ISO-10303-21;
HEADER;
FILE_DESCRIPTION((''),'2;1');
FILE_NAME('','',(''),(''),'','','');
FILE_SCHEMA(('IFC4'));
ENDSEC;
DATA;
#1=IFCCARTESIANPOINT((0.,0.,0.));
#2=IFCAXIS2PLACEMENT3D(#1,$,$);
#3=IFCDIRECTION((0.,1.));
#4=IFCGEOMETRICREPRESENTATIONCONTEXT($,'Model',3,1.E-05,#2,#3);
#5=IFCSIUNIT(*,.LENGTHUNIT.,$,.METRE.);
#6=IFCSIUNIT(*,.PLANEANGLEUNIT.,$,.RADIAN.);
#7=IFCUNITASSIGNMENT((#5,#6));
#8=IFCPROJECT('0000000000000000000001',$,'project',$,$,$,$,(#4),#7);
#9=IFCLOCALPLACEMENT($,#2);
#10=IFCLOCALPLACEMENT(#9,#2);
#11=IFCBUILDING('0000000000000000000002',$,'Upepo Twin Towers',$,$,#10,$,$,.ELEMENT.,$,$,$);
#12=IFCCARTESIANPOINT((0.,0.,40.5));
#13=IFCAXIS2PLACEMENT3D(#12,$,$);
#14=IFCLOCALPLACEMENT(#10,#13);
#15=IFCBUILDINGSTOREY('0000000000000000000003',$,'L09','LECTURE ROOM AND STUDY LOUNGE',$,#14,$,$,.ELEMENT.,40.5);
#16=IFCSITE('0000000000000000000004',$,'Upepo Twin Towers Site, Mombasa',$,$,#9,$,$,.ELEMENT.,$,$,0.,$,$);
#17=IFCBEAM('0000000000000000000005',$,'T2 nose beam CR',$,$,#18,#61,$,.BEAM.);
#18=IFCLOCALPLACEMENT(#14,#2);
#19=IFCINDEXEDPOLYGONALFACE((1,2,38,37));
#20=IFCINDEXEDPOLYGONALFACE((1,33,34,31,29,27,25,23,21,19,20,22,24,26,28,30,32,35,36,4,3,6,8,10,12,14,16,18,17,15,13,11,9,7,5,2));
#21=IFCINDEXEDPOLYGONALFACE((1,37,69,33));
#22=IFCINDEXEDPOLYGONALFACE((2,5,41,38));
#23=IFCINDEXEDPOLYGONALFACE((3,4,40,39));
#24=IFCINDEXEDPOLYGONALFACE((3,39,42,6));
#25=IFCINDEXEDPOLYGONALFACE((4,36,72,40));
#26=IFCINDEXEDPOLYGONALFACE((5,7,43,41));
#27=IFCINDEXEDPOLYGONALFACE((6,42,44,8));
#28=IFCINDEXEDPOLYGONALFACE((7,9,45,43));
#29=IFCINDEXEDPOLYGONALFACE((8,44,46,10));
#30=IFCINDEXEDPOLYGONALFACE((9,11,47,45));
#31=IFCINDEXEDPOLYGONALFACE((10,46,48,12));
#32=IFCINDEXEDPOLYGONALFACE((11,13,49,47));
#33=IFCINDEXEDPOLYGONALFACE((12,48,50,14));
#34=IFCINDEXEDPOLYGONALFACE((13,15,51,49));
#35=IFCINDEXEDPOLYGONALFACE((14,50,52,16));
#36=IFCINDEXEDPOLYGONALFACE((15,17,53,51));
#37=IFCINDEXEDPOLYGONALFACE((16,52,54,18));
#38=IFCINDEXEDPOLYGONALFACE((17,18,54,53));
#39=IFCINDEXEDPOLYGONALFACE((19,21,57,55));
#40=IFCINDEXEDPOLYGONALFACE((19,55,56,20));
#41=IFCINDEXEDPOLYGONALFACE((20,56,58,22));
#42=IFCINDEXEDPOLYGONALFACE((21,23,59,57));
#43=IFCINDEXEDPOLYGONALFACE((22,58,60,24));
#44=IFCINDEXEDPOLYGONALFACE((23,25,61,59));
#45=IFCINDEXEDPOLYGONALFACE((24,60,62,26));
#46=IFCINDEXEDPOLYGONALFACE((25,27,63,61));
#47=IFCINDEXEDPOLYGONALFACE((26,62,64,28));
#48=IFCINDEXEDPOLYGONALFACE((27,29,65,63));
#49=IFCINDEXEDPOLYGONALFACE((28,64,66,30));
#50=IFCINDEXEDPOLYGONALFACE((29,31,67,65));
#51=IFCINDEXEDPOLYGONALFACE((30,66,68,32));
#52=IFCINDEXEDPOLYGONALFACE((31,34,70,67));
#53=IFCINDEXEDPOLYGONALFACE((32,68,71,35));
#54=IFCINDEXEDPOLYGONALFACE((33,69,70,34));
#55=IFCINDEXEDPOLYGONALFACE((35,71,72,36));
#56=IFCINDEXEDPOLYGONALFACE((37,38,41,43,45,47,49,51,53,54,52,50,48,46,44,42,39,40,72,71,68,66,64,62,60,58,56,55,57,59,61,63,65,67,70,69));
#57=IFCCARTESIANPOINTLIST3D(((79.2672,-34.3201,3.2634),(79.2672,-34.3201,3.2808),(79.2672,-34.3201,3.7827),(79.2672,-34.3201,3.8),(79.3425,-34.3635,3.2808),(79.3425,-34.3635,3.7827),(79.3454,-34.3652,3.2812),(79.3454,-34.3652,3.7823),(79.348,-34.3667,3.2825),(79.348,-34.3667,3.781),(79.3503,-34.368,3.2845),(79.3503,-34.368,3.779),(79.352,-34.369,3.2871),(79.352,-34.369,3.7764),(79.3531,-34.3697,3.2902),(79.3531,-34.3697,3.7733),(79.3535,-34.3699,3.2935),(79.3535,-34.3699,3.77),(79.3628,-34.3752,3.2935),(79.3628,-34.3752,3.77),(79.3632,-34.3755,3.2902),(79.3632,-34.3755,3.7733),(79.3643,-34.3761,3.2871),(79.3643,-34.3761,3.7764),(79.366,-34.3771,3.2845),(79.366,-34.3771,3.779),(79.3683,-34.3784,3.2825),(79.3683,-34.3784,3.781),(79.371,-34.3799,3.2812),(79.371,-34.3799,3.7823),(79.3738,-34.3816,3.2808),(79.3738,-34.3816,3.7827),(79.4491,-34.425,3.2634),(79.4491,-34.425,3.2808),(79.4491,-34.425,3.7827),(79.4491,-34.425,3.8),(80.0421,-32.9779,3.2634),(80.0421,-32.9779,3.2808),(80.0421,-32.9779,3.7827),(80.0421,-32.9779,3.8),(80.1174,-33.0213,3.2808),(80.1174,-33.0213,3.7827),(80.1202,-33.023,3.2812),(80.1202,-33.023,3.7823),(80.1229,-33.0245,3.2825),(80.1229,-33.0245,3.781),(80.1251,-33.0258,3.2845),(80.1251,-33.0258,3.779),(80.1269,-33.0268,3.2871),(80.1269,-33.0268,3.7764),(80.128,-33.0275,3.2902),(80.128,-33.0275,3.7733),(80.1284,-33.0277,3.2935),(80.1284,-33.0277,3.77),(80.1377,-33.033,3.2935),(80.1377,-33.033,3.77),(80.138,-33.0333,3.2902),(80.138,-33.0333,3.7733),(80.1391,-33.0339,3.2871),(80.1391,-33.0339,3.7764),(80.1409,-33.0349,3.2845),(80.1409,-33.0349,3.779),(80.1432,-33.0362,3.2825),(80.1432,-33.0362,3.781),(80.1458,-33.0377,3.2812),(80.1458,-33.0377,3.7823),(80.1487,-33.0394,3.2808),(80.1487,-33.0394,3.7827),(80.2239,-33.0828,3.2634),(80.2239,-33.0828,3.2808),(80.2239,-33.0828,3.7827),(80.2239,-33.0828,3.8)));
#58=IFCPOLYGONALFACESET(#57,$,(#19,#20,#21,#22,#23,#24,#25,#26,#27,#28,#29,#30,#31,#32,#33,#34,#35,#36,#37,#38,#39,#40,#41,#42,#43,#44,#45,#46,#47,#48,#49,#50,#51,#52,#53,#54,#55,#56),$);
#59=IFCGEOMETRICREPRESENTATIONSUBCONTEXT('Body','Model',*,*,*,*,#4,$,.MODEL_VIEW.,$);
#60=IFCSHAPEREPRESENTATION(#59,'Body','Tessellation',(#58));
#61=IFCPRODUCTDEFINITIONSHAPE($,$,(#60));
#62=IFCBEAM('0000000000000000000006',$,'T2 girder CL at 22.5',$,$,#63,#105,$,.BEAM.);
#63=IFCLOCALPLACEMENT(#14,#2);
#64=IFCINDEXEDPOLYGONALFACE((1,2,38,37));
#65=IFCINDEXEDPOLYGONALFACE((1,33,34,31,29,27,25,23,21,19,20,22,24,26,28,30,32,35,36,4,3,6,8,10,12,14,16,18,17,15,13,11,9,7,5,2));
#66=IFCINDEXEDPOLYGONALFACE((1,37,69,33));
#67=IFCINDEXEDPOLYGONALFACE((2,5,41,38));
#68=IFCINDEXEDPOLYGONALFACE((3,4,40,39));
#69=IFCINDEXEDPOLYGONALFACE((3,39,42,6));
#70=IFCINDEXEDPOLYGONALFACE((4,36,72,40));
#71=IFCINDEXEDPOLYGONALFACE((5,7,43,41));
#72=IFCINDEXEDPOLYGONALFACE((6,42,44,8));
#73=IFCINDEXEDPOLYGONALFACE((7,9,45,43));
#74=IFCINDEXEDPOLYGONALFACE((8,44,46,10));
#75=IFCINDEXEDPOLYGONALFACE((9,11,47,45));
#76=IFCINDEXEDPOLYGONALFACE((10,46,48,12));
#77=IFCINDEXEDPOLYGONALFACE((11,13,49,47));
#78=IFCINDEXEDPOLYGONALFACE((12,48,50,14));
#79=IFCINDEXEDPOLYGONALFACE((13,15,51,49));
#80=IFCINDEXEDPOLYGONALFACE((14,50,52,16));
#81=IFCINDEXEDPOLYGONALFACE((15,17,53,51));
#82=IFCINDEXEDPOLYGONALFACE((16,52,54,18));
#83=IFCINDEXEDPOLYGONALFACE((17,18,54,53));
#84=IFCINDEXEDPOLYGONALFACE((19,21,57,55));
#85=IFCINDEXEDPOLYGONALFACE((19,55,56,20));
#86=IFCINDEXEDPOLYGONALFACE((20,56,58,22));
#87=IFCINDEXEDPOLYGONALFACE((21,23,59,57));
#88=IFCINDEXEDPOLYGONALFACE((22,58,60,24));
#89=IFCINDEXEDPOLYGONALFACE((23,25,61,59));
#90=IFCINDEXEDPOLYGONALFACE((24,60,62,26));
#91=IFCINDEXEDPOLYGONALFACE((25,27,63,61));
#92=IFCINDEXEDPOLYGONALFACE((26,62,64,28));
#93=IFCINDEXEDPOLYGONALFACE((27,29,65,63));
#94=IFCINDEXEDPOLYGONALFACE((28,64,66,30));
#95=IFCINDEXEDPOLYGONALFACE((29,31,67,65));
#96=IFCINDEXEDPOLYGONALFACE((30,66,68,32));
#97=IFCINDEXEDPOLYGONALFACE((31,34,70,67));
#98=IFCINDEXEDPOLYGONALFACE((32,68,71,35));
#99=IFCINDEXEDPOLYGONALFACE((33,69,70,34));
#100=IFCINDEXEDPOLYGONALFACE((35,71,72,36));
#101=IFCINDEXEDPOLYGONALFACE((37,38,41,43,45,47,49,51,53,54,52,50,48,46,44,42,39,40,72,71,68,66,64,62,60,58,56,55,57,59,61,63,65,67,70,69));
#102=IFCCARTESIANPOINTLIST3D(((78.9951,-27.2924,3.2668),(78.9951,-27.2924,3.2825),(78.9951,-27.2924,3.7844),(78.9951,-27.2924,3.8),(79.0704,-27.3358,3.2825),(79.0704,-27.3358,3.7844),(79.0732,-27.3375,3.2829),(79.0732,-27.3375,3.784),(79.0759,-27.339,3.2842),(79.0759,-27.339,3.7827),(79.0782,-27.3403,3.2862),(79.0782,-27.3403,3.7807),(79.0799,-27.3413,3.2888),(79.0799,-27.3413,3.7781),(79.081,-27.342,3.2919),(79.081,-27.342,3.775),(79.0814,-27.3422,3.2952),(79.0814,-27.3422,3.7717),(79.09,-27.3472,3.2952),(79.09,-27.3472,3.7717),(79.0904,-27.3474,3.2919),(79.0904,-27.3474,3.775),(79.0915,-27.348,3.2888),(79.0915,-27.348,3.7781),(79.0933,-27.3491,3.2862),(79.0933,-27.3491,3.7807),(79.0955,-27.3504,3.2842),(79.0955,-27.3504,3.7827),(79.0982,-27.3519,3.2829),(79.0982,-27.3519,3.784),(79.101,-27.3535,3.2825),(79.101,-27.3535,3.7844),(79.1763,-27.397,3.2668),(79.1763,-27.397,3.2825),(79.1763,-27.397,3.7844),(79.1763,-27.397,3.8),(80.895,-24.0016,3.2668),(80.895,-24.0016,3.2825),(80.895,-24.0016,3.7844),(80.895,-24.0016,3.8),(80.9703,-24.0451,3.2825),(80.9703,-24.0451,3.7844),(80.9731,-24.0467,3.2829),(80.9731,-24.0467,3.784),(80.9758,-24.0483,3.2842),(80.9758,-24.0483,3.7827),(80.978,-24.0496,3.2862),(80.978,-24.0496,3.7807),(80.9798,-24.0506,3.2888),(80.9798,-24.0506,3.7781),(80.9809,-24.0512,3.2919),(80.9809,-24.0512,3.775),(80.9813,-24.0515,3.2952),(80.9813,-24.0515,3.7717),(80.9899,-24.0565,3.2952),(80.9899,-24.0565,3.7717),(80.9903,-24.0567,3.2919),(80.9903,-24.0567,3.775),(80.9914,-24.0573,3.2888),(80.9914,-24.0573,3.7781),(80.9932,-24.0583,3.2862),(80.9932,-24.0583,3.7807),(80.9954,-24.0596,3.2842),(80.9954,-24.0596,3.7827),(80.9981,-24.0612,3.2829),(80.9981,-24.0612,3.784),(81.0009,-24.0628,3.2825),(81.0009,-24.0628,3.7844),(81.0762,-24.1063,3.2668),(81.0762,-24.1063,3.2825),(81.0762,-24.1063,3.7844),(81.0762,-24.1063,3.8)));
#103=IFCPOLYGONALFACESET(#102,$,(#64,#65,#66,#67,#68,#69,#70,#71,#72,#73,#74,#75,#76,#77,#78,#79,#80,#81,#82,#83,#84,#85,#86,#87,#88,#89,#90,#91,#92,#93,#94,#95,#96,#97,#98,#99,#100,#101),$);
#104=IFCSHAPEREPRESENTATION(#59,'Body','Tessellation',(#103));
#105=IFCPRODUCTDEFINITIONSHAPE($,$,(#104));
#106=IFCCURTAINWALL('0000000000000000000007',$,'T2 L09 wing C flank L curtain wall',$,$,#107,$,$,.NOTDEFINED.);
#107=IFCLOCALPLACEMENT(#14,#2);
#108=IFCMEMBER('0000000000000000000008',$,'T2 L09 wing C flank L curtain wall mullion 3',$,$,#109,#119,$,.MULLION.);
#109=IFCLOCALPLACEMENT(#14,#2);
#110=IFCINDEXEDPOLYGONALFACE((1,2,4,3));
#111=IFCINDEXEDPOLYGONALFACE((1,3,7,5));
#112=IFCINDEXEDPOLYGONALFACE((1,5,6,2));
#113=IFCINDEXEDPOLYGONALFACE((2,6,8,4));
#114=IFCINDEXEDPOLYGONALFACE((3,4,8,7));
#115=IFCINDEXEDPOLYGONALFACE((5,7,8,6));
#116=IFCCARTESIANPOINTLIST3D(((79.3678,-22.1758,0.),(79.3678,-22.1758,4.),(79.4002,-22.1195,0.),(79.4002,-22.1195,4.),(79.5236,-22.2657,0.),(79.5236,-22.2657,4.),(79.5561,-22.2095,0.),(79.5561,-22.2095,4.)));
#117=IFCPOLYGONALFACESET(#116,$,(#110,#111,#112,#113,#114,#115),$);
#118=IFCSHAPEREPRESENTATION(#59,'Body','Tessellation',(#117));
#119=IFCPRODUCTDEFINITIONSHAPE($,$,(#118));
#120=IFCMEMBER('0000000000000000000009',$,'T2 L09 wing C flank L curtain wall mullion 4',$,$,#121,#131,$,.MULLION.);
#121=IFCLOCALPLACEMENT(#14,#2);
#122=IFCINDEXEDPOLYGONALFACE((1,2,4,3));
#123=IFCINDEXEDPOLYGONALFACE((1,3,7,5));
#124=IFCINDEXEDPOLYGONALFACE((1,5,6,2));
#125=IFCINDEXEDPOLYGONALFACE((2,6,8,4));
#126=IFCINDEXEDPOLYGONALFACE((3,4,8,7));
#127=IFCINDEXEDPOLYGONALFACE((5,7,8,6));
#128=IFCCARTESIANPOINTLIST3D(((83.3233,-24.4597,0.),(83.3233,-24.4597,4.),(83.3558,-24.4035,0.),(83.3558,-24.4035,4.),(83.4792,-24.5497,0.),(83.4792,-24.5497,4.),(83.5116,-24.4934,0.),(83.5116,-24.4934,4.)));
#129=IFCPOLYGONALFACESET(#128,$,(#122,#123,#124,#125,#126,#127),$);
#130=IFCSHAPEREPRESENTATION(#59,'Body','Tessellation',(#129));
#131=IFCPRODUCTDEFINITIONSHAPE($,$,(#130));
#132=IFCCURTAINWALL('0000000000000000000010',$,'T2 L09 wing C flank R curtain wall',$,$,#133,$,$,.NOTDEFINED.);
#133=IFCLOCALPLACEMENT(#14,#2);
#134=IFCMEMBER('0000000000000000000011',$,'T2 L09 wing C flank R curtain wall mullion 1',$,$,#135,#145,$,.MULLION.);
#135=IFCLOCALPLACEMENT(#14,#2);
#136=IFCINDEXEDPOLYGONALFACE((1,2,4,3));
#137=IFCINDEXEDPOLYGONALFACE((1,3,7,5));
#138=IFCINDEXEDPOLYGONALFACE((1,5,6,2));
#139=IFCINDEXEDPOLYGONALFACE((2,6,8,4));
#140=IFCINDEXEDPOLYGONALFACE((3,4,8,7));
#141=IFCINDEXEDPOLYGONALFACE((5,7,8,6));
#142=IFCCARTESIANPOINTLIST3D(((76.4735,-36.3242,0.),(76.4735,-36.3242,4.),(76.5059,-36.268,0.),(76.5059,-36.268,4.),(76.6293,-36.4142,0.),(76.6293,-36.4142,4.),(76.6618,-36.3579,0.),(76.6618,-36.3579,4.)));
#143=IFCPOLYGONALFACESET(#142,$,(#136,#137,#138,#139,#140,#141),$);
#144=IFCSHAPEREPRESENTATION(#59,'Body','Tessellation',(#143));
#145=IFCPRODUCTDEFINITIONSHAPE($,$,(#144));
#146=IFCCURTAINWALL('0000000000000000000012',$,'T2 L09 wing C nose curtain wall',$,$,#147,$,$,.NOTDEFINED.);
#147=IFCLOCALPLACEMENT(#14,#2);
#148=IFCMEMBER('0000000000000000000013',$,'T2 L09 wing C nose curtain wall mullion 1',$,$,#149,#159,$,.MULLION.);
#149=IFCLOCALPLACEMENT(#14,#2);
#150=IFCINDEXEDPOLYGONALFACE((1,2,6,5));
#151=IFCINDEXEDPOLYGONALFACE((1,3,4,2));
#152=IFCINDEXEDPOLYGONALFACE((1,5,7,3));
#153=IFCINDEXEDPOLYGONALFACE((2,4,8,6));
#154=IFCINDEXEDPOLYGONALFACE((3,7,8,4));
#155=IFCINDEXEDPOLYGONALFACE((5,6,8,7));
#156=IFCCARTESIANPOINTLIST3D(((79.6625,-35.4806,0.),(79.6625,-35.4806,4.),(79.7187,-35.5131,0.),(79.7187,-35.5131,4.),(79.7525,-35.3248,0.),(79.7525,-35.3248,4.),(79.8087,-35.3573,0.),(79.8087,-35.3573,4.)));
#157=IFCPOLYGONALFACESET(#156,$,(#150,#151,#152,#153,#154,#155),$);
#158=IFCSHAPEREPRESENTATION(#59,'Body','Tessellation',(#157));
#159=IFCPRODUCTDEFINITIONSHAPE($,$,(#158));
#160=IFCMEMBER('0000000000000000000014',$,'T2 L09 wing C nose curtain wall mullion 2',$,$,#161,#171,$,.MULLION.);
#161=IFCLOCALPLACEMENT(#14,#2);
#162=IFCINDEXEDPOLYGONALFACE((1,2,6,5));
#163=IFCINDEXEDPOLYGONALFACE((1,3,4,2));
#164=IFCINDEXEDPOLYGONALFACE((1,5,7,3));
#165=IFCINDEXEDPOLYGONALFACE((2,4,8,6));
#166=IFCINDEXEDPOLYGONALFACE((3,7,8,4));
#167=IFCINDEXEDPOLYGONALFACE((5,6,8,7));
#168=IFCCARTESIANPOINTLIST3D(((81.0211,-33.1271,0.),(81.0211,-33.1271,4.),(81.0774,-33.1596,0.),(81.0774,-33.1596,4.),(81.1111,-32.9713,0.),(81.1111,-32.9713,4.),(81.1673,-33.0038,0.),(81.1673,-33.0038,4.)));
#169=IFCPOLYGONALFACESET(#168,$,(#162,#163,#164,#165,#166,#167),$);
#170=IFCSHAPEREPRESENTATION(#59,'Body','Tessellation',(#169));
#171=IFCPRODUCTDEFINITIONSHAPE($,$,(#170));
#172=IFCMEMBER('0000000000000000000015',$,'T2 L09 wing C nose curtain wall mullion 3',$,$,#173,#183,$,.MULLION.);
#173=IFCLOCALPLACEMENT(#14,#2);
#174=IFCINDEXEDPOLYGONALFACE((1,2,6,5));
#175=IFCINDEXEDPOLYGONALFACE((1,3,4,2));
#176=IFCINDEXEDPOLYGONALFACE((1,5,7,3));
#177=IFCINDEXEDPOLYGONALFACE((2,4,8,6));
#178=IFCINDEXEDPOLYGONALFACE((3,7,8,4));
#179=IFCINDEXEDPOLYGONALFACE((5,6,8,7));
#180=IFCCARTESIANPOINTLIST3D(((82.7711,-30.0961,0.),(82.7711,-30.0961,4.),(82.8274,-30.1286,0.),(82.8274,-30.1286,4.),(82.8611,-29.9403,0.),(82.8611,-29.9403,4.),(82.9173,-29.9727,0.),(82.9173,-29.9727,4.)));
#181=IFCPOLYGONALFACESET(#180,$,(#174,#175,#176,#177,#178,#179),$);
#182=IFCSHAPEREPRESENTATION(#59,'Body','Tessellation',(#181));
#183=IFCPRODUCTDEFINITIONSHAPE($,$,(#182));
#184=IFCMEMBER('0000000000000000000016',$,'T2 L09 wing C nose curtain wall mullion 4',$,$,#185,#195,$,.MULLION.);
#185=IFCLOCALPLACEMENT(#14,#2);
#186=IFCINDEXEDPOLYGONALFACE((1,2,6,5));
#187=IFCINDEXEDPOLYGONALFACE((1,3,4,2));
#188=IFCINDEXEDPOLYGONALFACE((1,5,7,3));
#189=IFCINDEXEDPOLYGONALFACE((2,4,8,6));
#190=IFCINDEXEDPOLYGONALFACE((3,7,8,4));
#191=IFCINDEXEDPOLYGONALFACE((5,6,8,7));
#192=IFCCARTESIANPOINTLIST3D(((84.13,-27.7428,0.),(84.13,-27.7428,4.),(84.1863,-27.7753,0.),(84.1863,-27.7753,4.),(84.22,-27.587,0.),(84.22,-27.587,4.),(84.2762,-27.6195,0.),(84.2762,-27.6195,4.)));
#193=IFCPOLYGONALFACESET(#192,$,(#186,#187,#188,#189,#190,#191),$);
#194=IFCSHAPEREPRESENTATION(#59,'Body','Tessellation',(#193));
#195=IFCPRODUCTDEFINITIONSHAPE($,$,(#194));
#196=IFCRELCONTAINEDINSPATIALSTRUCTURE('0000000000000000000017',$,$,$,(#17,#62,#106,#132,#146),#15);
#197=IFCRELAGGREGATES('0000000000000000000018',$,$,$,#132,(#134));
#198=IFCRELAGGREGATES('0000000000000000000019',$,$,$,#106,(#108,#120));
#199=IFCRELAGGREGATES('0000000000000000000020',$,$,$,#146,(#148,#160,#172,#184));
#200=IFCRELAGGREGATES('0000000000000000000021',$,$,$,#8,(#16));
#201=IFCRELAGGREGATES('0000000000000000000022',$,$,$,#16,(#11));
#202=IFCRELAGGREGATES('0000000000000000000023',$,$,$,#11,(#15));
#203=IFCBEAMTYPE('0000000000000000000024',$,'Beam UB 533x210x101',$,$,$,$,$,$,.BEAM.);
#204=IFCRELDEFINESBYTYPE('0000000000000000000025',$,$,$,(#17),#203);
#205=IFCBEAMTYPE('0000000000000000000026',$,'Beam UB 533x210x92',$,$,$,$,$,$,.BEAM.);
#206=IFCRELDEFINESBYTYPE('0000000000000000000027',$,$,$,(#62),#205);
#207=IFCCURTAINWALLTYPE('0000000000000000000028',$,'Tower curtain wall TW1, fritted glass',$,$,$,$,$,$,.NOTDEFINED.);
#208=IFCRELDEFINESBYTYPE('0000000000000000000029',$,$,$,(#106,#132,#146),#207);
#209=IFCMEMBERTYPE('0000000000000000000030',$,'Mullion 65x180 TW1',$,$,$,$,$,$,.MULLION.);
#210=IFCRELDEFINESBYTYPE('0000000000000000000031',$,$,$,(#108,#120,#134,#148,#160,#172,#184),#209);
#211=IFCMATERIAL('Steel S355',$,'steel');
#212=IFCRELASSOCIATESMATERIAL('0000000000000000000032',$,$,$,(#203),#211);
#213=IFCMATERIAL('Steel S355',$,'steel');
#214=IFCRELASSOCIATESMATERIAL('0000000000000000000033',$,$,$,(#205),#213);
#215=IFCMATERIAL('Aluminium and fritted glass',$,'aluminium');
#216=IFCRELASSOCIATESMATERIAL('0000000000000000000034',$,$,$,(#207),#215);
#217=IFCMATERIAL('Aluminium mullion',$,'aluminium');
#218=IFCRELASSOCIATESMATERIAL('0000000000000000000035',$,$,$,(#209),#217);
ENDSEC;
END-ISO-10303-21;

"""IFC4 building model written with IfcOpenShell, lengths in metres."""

from ifc_helpers import new_model, si_unit, direction, frame, origin, origin_2d, place, context, subcontext, project, spatial, rectangle, i_section, extrude, material, material_profile, profile_set, type_object, element, aggregate, save


model = new_model("IFC4")

# Units and contexts
model_context = context("Model", 3, precision=1e-05, world=origin(), true_north=direction((0.0, 1.0)))
body_context = subcontext(model_context, "Body", "Model", "MODEL_VIEW")
ifc_project = project(units=[si_unit("LENGTHUNIT", "METRE"), si_unit("PLANEANGLEUNIT", "RADIAN")], contexts=[model_context])

# Site, building, storey
site_placement = place(None, origin())
site = spatial("IfcSite", under=ifc_project, at=site_placement, Name="Upepo Twin Towers Site, Mombasa", CompositionType="ELEMENT", RefElevation=0.0)
building_placement = place(site_placement, origin())
building = spatial("IfcBuilding", under=site, at=building_placement, Name="Upepo Twin Towers", CompositionType="ELEMENT")
storey_placement = place(building_placement, frame((0.0, 0.0, 40.5)))
storey = spatial("IfcBuildingStorey", under=building, at=storey_placement, Name="L09", Description="LECTURE ROOM AND STUDY LOUNGE", CompositionType="ELEMENT", Elevation=40.5)

# Beams
ifc_material_1 = material(Name="Steel S355", Category="steel")
ifc_material_profile_1 = material_profile(ifc_material_1, i_section(OverallWidth=0.21, OverallDepth=0.5366, WebThickness=0.0107, FlangeThickness=0.0173, FilletRadius=0.0127, at=origin_2d()), Name="UB 533x210x101")
ifc_profile_set_1 = profile_set([ifc_material_profile_1], Name="Steel S355")
beam_type_1 = type_object("IfcBeamType", Name="Beam UB 533x210x101", PredefinedType="BEAM", material=ifc_profile_set_1)
for number, where, z_axis, x_axis, name in (
    (1, (79.3582, -34.3726, 3.5317), (0.499968, 0.866044, 0.0), (-0.866044, 0.499968, 0.0), "T2 nose beam CR"),
):
    element("IfcBeam", number, at=place(storey_placement, frame(where, z_axis=z_axis, x_axis=x_axis)), inside=storey, type_object=beam_type_1, Name=name, PredefinedType="BEAM", context=body_context, shape_type="SweptSolid", body=[
        extrude(i_section(OverallWidth=0.21, OverallDepth=0.5366, WebThickness=0.0107, FlangeThickness=0.0173, FilletRadius=0.0127, at=origin_2d()), origin(), (0.0, 0.0, 1.0), 1.5498),
    ])
ifc_material_2 = material(Name="Steel S355", Category="steel")
ifc_material_profile_2 = material_profile(ifc_material_2, i_section(OverallWidth=0.2092, OverallDepth=0.5332, WebThickness=0.01, FlangeThickness=0.0156, FilletRadius=0.0127, at=origin_2d()), Name="UB 533x210x92")
ifc_profile_set_2 = profile_set([ifc_material_profile_2], Name="Steel S355")
beam_type_2 = type_object("IfcBeamType", Name="Beam UB 533x210x92", PredefinedType="BEAM", material=ifc_profile_set_2)
beam_1_placement = place(storey_placement, frame((80.9856, -24.054, 3.5334), z_axis=(-0.499995, -0.866028, 0.0), x_axis=(0.866028, -0.499995, 0.0)))
element("IfcBeam", 2, at=beam_1_placement, inside=storey, type_object=beam_type_2, Name="T2 girder CL at 22.5", PredefinedType="BEAM", context=body_context, shape_type="SweptSolid", body=[
    extrude(i_section(OverallWidth=0.2092, OverallDepth=0.5332, WebThickness=0.01, FlangeThickness=0.0156, FilletRadius=0.0127, at=origin_2d()), origin(), (0.0, 0.0, 1.0), 3.7998),
])

# Curtain wall, members
ifc_material_3 = material(Name="Aluminium and fritted glass", Category="aluminium")
curtain_wall_type = type_object("IfcCurtainWallType", Name="Tower curtain wall TW1, fritted glass", PredefinedType="NOTDEFINED", material=ifc_material_3)
curtain_wall_1_placement = place(storey_placement, origin())
curtain_wall_1 = element("IfcCurtainWall", 3, at=curtain_wall_1_placement, inside=storey, type_object=curtain_wall_type, Name="T2 L09 wing C flank L curtain wall", PredefinedType="NOTDEFINED")
ifc_material_4 = material(Name="Aluminium mullion", Category="aluminium")
ifc_material_profile_3 = material_profile(ifc_material_4, rectangle(XDim=0.0649, YDim=0.1799, at=origin_2d()), Name="MULLION 65x180")
ifc_profile_set_3 = profile_set([ifc_material_profile_3], Name="Aluminium mullion")
member_type_1 = type_object("IfcMemberType", Name="Mullion 65x180 TW1", PredefinedType="MULLION", material=ifc_profile_set_3)
member_1_placement = place(storey_placement, frame((79.4619, -22.1926, 0.0), z_axis=(0.0, 0.0, 1.0), x_axis=(0.5, 0.866025, 0.0)))
member_1 = element("IfcMember", 4, at=member_1_placement, type_object=member_type_1, Name="T2 L09 wing C flank L curtain wall mullion 3", PredefinedType="MULLION", context=body_context, shape_type="SweptSolid", body=[
    extrude(rectangle(XDim=0.0649, YDim=0.1799, at=origin_2d()), origin(), (0.0, 0.0, 1.0), 4.0),
])
member_2_placement = place(storey_placement, frame((83.4175, -24.4766, 0.0), z_axis=(0.0, 0.0, 1.0), x_axis=(0.5, 0.866025, 0.0)))
member_2 = element("IfcMember", 5, at=member_2_placement, type_object=member_type_1, Name="T2 L09 wing C flank L curtain wall mullion 4", PredefinedType="MULLION", context=body_context, shape_type="SweptSolid", body=[
    extrude(rectangle(XDim=0.0649, YDim=0.1799, at=origin_2d()), origin(), (0.0, 0.0, 1.0), 4.0),
])

# Curtain wall, member
curtain_wall_2_placement = place(storey_placement, origin())
curtain_wall_2 = element("IfcCurtainWall", 6, at=curtain_wall_2_placement, inside=storey, type_object=curtain_wall_type, Name="T2 L09 wing C flank R curtain wall", PredefinedType="NOTDEFINED")
member_3_placement = place(storey_placement, frame((76.5676, -36.3411, 0.0), z_axis=(0.0, 0.0, 1.0), x_axis=(-0.5, -0.866025, 0.0)))
member_3 = element("IfcMember", 7, at=member_3_placement, type_object=member_type_1, Name="T2 L09 wing C flank R curtain wall mullion 1", PredefinedType="MULLION", context=body_context, shape_type="SweptSolid", body=[
    extrude(rectangle(XDim=0.0649, YDim=0.1799, at=origin_2d()), origin(), (0.0, 0.0, 1.0), 4.0),
])

# Curtain wall, members
curtain_wall_3_placement = place(storey_placement, origin())
curtain_wall_3 = element("IfcCurtainWall", 8, at=curtain_wall_3_placement, inside=storey, type_object=curtain_wall_type, Name="T2 L09 wing C nose curtain wall", PredefinedType="NOTDEFINED")
member_4_placement = place(storey_placement, frame((79.7356, -35.4189, 0.0), z_axis=(0.0, 0.0, 1.0), x_axis=(-0.866025, 0.5, 0.0)))
member_4 = element("IfcMember", 9, at=member_4_placement, type_object=member_type_1, Name="T2 L09 wing C nose curtain wall mullion 1", PredefinedType="MULLION", context=body_context, shape_type="SweptSolid", body=[
    extrude(rectangle(XDim=0.0649, YDim=0.1799, at=origin_2d()), origin(), (0.0, 0.0, 1.0), 4.0),
])
member_5_placement = place(storey_placement, frame((81.0942, -33.0654, 0.0), z_axis=(0.0, 0.0, 1.0), x_axis=(-0.866025, 0.5, 0.0)))
member_5 = element("IfcMember", 10, at=member_5_placement, type_object=member_type_1, Name="T2 L09 wing C nose curtain wall mullion 2", PredefinedType="MULLION", context=body_context, shape_type="SweptSolid", body=[
    extrude(rectangle(XDim=0.0649, YDim=0.1799, at=origin_2d()), origin(), (0.0, 0.0, 1.0), 4.0),
])
member_6_placement = place(storey_placement, frame((82.8442, -30.0344, 0.0), z_axis=(0.0, 0.0, 1.0), x_axis=(-0.866025, 0.5, 0.0)))
member_6 = element("IfcMember", 11, at=member_6_placement, type_object=member_type_1, Name="T2 L09 wing C nose curtain wall mullion 3", PredefinedType="MULLION", context=body_context, shape_type="SweptSolid", body=[
    extrude(rectangle(XDim=0.0649, YDim=0.1799, at=origin_2d()), origin(), (0.0, 0.0, 1.0), 4.0),
])
member_7_placement = place(storey_placement, frame((84.2031, -27.6812, 0.0), z_axis=(0.0, 0.0, 1.0), x_axis=(-0.866025, 0.5, 0.0)))
member_7 = element("IfcMember", 12, at=member_7_placement, type_object=member_type_1, Name="T2 L09 wing C nose curtain wall mullion 4", PredefinedType="MULLION", context=body_context, shape_type="SweptSolid", body=[
    extrude(rectangle(XDim=0.0649, YDim=0.1799, at=origin_2d()), origin(), (0.0, 0.0, 1.0), 4.0),
])

aggregate(curtain_wall_2, [member_3])

aggregate(curtain_wall_1, [member_1, member_2])
aggregate(curtain_wall_3, [member_4, member_5, member_6, member_7])

save(model, "model.ifc")
